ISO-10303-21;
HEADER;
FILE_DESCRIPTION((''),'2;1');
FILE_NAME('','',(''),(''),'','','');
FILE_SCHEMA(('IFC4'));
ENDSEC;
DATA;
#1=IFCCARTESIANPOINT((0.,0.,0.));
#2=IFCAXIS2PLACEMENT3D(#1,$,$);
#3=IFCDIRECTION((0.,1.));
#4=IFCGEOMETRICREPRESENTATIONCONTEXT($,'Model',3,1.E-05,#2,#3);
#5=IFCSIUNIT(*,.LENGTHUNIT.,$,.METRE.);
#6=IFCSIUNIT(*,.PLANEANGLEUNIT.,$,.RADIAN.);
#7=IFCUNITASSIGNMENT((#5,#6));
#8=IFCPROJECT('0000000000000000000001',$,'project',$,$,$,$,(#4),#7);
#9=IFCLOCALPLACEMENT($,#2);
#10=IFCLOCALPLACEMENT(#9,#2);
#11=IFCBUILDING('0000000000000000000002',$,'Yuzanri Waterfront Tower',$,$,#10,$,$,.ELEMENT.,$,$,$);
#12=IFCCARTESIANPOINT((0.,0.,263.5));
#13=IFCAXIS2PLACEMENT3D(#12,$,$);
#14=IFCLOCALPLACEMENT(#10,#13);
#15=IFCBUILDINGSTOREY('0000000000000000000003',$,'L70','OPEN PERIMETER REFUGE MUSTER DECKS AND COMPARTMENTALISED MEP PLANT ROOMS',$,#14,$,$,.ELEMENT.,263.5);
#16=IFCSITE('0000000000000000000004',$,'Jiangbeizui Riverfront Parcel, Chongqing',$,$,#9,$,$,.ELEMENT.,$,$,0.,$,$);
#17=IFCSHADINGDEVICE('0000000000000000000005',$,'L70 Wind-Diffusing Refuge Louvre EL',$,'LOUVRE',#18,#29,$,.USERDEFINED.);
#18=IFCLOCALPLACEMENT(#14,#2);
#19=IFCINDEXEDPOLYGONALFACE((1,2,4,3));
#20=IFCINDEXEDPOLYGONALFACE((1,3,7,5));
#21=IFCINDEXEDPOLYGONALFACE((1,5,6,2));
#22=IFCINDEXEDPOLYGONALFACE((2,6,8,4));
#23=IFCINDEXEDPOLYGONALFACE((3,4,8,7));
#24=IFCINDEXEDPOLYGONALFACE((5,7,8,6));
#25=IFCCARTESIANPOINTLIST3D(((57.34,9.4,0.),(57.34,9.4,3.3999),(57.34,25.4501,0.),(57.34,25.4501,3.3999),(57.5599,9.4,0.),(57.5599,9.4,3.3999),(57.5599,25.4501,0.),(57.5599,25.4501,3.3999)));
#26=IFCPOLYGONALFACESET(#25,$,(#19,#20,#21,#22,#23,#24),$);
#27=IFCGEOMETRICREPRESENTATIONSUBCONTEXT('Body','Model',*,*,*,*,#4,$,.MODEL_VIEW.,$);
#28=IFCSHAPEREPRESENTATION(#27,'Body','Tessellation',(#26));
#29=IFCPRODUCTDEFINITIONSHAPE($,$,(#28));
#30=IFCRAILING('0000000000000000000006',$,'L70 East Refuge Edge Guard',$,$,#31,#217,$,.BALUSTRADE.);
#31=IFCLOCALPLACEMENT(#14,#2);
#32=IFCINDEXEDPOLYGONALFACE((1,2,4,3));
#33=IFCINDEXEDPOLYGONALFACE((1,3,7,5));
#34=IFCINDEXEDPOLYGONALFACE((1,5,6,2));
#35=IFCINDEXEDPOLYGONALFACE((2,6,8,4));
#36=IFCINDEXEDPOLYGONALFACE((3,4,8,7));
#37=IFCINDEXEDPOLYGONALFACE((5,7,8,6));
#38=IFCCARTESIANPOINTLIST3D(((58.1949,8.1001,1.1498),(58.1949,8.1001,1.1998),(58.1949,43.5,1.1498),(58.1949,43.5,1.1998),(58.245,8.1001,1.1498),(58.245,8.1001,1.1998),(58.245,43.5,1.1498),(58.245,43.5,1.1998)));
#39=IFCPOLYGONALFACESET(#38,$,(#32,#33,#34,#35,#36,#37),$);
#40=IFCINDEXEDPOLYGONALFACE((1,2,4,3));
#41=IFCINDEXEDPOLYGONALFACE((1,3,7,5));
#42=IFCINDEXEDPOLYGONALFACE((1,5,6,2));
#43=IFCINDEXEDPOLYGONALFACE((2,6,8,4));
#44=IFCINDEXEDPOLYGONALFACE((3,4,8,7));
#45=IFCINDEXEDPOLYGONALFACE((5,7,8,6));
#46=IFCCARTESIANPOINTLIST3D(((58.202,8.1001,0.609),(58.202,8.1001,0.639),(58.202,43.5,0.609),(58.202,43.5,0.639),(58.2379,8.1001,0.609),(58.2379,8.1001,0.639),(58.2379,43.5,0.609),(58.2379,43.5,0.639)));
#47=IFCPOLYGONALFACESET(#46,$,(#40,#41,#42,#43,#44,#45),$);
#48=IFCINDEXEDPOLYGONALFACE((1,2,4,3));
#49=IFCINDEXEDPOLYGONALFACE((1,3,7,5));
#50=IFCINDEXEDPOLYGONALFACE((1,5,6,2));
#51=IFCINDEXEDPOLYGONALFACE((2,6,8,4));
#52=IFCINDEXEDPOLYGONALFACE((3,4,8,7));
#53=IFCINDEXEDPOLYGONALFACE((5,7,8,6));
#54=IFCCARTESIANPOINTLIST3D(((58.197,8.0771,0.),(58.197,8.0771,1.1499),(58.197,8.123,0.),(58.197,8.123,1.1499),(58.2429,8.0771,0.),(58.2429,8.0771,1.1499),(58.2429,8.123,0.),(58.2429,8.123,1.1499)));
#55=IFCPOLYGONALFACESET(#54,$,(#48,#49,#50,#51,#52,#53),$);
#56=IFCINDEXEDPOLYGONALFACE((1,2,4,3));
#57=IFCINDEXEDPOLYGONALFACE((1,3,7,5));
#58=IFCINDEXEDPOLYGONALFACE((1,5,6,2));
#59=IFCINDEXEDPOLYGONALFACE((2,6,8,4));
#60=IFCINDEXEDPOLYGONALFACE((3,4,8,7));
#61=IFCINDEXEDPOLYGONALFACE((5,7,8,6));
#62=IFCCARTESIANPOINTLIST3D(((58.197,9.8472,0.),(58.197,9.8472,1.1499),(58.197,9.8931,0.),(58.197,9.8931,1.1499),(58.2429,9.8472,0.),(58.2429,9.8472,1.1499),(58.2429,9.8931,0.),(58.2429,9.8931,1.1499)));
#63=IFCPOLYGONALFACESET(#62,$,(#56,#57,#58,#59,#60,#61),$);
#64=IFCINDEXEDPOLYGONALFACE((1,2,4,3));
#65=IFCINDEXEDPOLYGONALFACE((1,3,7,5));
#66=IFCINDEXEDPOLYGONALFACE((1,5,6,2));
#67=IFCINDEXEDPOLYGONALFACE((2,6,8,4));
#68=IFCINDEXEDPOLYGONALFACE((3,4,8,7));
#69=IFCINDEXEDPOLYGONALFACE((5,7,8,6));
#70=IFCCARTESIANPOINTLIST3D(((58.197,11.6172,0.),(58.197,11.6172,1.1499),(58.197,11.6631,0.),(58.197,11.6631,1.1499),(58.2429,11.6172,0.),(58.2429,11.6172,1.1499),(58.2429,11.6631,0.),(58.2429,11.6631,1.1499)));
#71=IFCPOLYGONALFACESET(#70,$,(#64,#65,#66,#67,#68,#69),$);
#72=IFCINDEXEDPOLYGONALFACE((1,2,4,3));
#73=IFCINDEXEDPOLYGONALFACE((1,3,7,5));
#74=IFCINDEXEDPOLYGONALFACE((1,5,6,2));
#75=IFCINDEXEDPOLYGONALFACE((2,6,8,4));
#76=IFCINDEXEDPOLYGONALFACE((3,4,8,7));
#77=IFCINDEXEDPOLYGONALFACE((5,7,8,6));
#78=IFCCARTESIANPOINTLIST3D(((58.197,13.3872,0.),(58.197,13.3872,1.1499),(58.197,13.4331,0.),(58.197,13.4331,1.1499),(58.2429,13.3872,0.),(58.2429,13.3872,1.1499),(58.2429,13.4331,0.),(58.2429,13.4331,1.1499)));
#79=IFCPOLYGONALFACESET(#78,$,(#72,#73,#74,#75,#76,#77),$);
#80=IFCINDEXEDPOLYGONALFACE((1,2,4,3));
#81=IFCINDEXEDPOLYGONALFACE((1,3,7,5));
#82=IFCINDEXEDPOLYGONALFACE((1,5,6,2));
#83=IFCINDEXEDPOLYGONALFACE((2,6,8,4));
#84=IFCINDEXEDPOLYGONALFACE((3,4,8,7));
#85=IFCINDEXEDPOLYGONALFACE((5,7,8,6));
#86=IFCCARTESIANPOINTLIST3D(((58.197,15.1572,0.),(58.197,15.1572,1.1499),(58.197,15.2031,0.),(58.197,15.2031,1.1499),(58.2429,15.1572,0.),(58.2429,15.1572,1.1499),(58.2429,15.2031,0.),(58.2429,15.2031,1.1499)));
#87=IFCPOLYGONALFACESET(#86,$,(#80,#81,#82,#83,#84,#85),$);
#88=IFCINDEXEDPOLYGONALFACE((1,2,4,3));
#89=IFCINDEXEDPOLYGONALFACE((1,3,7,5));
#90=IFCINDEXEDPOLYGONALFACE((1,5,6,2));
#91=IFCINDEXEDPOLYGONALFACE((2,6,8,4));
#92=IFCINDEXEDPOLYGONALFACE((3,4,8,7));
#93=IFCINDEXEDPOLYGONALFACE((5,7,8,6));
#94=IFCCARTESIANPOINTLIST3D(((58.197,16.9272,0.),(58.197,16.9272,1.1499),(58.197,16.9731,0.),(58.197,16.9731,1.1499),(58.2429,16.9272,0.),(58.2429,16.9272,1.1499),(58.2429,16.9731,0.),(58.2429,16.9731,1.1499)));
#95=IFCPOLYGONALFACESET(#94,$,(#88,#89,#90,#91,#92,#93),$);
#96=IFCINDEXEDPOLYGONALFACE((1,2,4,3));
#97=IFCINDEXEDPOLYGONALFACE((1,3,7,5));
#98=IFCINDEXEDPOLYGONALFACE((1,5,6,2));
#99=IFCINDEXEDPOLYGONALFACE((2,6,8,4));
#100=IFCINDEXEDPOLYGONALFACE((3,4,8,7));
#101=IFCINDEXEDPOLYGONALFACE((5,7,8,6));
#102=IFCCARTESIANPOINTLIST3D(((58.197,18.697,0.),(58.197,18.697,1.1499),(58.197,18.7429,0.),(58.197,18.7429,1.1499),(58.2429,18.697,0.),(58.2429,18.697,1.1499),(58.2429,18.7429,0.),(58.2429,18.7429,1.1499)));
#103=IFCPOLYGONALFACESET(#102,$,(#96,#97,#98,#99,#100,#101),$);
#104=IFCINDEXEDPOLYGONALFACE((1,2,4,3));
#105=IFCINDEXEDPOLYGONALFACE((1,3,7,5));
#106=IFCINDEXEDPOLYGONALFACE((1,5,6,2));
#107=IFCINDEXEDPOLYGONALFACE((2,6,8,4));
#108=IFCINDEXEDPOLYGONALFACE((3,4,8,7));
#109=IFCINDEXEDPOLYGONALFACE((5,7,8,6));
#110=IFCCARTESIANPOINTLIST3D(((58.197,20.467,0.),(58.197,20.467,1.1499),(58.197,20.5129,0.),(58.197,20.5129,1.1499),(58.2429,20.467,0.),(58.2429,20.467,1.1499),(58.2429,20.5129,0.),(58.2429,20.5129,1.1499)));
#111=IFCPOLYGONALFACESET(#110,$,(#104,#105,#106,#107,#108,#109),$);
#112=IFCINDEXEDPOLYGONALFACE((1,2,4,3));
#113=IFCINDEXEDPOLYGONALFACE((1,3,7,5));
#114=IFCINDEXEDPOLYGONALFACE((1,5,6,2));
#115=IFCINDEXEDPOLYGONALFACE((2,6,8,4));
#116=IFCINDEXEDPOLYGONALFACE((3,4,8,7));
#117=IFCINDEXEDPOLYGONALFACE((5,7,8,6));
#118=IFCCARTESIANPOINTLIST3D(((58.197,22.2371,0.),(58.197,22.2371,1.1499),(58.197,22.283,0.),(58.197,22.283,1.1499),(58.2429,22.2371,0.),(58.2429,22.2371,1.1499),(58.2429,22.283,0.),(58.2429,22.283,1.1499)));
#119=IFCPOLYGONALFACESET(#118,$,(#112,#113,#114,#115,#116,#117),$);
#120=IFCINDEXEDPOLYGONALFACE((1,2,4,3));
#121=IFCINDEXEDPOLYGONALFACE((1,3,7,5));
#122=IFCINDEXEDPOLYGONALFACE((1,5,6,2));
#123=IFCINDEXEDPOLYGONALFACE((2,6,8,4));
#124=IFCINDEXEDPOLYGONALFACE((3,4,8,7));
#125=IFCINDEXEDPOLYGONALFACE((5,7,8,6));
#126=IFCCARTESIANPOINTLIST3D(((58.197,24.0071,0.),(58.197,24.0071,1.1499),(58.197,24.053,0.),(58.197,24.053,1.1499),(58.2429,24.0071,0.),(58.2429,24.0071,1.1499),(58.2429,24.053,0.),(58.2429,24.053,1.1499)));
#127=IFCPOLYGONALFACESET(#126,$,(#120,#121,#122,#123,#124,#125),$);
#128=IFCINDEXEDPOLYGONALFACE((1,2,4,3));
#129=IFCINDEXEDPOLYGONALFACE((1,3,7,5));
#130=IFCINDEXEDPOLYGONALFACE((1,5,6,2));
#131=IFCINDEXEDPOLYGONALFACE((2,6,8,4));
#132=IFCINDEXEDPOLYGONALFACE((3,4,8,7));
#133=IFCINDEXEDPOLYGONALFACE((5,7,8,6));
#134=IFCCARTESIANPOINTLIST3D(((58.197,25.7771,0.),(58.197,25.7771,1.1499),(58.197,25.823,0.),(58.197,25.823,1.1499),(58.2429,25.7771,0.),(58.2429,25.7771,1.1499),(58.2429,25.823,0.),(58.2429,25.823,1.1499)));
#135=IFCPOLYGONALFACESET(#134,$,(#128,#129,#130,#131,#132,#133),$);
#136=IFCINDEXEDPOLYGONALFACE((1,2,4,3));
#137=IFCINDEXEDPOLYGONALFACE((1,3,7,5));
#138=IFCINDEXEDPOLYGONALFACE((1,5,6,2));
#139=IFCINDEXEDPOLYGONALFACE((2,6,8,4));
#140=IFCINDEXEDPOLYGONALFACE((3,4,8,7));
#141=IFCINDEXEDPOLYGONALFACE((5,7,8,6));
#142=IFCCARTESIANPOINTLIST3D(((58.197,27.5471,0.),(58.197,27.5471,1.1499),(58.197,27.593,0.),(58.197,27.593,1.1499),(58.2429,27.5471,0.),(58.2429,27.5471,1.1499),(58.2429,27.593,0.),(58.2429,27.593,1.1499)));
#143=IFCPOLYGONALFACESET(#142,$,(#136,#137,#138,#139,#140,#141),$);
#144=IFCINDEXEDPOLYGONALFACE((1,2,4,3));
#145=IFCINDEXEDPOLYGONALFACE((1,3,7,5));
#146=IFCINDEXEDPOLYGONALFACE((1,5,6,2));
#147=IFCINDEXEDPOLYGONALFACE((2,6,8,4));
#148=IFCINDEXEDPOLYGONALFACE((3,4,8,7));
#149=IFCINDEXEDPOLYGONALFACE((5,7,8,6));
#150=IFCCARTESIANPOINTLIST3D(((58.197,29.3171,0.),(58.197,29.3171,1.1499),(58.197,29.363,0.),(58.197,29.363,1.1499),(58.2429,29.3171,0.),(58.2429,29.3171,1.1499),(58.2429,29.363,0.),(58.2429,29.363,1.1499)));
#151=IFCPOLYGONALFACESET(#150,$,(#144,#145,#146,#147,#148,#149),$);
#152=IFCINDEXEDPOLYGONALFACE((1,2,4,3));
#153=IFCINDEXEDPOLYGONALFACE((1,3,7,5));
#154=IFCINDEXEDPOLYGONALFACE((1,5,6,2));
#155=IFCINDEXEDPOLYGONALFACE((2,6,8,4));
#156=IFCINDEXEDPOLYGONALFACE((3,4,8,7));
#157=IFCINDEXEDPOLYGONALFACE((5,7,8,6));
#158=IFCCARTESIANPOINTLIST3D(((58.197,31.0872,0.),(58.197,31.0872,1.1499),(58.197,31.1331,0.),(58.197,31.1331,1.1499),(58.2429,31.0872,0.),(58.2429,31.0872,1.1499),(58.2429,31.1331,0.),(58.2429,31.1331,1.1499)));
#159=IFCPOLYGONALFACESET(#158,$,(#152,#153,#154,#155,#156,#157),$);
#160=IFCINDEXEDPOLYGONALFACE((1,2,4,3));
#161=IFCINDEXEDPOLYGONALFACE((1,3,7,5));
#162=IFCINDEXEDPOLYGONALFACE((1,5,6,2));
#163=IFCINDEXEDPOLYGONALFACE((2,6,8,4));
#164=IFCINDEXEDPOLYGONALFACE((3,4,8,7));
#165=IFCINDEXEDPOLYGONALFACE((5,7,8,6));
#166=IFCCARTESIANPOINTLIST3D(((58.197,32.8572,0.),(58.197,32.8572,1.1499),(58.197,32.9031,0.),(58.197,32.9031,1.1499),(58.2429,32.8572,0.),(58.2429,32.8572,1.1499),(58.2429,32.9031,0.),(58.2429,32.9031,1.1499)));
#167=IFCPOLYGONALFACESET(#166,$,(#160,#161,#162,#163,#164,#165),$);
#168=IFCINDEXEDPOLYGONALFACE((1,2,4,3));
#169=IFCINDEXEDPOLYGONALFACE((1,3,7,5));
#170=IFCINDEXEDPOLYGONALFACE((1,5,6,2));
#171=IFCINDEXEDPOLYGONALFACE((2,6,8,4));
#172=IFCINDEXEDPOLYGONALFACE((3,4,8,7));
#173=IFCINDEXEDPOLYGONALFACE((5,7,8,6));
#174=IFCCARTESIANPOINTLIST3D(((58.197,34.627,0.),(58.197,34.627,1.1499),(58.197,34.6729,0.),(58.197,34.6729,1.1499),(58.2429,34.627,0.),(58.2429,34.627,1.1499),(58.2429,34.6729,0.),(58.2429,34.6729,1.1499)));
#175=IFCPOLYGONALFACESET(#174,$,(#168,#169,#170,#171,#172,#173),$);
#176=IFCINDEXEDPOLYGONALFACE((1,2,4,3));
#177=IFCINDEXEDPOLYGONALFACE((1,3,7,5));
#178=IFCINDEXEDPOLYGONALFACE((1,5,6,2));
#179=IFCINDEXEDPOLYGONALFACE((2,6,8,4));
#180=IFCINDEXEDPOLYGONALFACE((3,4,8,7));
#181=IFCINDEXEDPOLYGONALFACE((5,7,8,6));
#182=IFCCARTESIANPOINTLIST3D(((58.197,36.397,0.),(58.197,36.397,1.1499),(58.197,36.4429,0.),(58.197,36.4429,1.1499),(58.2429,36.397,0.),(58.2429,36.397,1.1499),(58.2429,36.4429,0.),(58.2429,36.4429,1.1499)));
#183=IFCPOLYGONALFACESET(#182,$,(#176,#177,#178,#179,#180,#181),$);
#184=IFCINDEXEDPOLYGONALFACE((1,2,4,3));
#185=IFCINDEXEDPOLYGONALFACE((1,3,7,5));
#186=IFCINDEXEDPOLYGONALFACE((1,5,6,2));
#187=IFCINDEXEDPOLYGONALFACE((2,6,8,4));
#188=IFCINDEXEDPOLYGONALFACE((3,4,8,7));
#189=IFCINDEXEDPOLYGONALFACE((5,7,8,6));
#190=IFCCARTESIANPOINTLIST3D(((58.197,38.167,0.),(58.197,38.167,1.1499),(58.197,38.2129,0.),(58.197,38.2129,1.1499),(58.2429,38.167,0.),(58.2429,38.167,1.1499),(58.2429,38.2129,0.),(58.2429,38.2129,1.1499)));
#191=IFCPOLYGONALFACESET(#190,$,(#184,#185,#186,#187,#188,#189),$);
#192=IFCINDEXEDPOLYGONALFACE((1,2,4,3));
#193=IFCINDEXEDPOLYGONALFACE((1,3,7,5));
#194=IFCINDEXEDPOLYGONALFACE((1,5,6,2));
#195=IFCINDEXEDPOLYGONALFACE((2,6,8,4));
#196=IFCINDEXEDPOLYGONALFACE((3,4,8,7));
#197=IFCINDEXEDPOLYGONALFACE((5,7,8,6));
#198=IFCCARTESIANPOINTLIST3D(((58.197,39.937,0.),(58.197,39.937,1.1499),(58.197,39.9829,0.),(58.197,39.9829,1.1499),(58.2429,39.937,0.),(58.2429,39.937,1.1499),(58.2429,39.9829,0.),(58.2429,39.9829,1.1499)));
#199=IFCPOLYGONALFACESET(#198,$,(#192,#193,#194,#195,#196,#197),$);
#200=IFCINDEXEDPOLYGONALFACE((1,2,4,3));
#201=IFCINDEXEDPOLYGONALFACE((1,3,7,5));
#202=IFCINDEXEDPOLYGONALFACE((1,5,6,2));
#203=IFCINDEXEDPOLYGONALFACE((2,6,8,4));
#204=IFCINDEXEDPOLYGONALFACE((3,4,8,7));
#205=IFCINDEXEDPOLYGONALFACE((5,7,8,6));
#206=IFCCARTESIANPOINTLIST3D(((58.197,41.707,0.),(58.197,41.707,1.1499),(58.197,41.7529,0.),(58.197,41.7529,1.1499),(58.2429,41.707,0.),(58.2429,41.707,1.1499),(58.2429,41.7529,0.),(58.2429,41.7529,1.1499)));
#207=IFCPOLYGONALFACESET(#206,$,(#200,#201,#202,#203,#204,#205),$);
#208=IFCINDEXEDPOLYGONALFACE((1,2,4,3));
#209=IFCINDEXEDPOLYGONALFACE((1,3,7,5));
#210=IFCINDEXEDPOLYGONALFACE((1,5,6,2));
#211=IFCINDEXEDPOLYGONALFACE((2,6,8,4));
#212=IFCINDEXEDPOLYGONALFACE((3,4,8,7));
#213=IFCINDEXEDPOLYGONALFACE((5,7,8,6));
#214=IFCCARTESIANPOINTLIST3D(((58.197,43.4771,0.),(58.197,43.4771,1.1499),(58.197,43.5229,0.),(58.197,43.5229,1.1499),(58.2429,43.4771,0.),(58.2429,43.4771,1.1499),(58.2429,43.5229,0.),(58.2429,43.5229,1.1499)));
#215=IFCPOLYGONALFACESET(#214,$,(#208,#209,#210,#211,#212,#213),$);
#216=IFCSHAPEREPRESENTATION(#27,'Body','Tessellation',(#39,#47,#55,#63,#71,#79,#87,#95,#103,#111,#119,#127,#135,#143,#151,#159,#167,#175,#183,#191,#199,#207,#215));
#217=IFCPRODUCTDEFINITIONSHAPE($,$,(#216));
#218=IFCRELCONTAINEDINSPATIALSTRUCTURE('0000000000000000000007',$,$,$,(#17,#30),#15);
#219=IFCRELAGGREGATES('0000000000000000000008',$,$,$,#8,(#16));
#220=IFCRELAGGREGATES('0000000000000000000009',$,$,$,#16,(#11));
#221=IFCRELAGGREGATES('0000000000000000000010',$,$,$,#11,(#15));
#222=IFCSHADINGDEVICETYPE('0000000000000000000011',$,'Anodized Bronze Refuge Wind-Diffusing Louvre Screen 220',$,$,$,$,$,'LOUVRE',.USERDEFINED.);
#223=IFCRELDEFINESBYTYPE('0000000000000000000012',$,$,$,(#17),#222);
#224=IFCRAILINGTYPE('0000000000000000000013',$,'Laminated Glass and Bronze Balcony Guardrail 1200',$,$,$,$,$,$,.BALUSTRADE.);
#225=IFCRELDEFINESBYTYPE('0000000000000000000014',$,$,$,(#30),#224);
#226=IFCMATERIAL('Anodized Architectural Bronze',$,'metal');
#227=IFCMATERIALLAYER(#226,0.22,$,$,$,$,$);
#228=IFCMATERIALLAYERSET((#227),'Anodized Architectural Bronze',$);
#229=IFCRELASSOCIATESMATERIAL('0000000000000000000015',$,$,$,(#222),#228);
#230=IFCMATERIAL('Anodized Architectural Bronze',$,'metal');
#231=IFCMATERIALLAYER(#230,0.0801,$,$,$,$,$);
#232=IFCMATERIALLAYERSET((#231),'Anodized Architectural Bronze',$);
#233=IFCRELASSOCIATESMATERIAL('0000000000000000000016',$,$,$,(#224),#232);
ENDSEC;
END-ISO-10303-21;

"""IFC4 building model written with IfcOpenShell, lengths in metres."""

from ifc_helpers import new_model, si_unit, direction, frame, origin, origin_2d, place, context, subcontext, project, spatial, rectangle, extrude, source, transform, mapped, material, layer, layer_set, type_object, element, save


model = new_model("IFC4")

# Units and contexts
model_context = context("Model", 3, precision=1e-05, world=origin(), true_north=direction((0.0, 1.0)))
body_context = subcontext(model_context, "Body", "Model", "MODEL_VIEW")
ifc_project = project(units=[si_unit("LENGTHUNIT", "METRE"), si_unit("PLANEANGLEUNIT", "RADIAN")], contexts=[model_context])

# Site, building, storey
site_placement = place(None, origin())
site = spatial("IfcSite", under=ifc_project, at=site_placement, Name="Jiangbeizui Riverfront Parcel, Chongqing", CompositionType="ELEMENT", RefElevation=0.0)
building_placement = place(site_placement, origin())
building = spatial("IfcBuilding", under=site, at=building_placement, Name="Yuzanri Waterfront Tower", CompositionType="ELEMENT")
storey_placement = place(building_placement, frame((0.0, 0.0, 263.5)))
storey = spatial("IfcBuildingStorey", under=building, at=storey_placement, Name="L70", Description="OPEN PERIMETER REFUGE MUSTER DECKS AND COMPARTMENTALISED MEP PLANT ROOMS", CompositionType="ELEMENT", Elevation=263.5)

# Shading device
ifc_material_1 = material(Name="Anodized Architectural Bronze", Category="metal")
ifc_layer_1 = layer(ifc_material_1, 0.22)
ifc_layer_set_1 = layer_set([ifc_layer_1], Name="Anodized Architectural Bronze")
shading_device_type = type_object("IfcShadingDeviceType", Name="Anodized Bronze Refuge Wind-Diffusing Louvre Screen 220", ElementType="LOUVRE", PredefinedType="USERDEFINED", material=ifc_layer_set_1)
shared_shape_1 = source(origin(), body_context, "Body", "SweptSolid", [
    extrude(rectangle(XDim=0.22, YDim=16.05, at=origin_2d()), origin(), (0.0, 0.0, 1.0), 3.3999),
])
shading_device_placement = place(storey_placement, frame((57.45, 17.425, 0.0), z_axis=(0.0, 0.0, 1.0), x_axis=(1.0, 0.0, 0.0)))
element("IfcShadingDevice", 1, at=shading_device_placement, inside=storey, type_object=shading_device_type, Name="L70 Wind-Diffusing Refuge Louvre EL", ObjectType="LOUVRE", PredefinedType="USERDEFINED", context=body_context, shape_type="MappedRepresentation", body=[
    mapped(shared_shape_1, transform((0.0, 0.0, 0.0), scale=1.0)),
])

# Railing
ifc_material_2 = material(Name="Anodized Architectural Bronze", Category="metal")
ifc_layer_2 = layer(ifc_material_2, 0.0801)
ifc_layer_set_2 = layer_set([ifc_layer_2], Name="Anodized Architectural Bronze")
railing_type_1 = type_object("IfcRailingType", Name="Laminated Glass and Bronze Balcony Guardrail 1200", PredefinedType="BALUSTRADE", material=ifc_layer_set_2)
shared_shape_2 = source(origin(), body_context, "Body", "SweptSolid", [
    extrude(rectangle(XDim=0.05, YDim=0.05, at=origin_2d()), frame((0.0, 0.0, 1.1748), z_axis=(0.0, 1.0, 0.0), x_axis=(-1.0, 0.0, 0.0)), (0.0, 0.0, 1.0), 35.3999),
    extrude(rectangle(XDim=0.0359, YDim=0.03, at=origin_2d()), frame((0.0, 0.0, 0.624), z_axis=(0.0, 1.0, 0.0), x_axis=(-1.0, 0.0, 0.0)), (0.0, 0.0, 1.0), 35.3999),
    extrude(rectangle(XDim=0.0459, YDim=0.0459, at=origin_2d()), origin(), (0.0, 0.0, 1.0), 1.1499),
    extrude(rectangle(XDim=0.0459, YDim=0.0459, at=origin_2d()), frame((0.0, 1.77, 0.0)), (0.0, 0.0, 1.0), 1.1499),
    extrude(rectangle(XDim=0.0459, YDim=0.0459, at=origin_2d()), frame((0.0, 3.54, 0.0)), (0.0, 0.0, 1.0), 1.1499),
    extrude(rectangle(XDim=0.0459, YDim=0.0459, at=origin_2d()), frame((0.0, 5.3101, 0.0)), (0.0, 0.0, 1.0), 1.1499),
    extrude(rectangle(XDim=0.0459, YDim=0.0459, at=origin_2d()), frame((0.0, 7.0801, 0.0)), (0.0, 0.0, 1.0), 1.1499),
    extrude(rectangle(XDim=0.0459, YDim=0.0459, at=origin_2d()), frame((0.0, 8.8501, 0.0)), (0.0, 0.0, 1.0), 1.1499),
    extrude(rectangle(XDim=0.0459, YDim=0.0459, at=origin_2d()), frame((0.0, 10.6199, 0.0)), (0.0, 0.0, 1.0), 1.1499),
    extrude(rectangle(XDim=0.0459, YDim=0.0459, at=origin_2d()), frame((0.0, 12.3899, 0.0)), (0.0, 0.0, 1.0), 1.1499),
    extrude(rectangle(XDim=0.0459, YDim=0.0459, at=origin_2d()), frame((0.0, 14.1599, 0.0)), (0.0, 0.0, 1.0), 1.1499),
    extrude(rectangle(XDim=0.0459, YDim=0.0459, at=origin_2d()), frame((0.0, 15.9299, 0.0)), (0.0, 0.0, 1.0), 1.1499),
    extrude(rectangle(XDim=0.0459, YDim=0.0459, at=origin_2d()), frame((0.0, 17.7, 0.0)), (0.0, 0.0, 1.0), 1.1499),
    extrude(rectangle(XDim=0.0459, YDim=0.0459, at=origin_2d()), frame((0.0, 19.47, 0.0)), (0.0, 0.0, 1.0), 1.1499),
    extrude(rectangle(XDim=0.0459, YDim=0.0459, at=origin_2d()), frame((0.0, 21.24, 0.0)), (0.0, 0.0, 1.0), 1.1499),
    extrude(rectangle(XDim=0.0459, YDim=0.0459, at=origin_2d()), frame((0.0, 23.01, 0.0)), (0.0, 0.0, 1.0), 1.1499),
    extrude(rectangle(XDim=0.0459, YDim=0.0459, at=origin_2d()), frame((0.0, 24.78, 0.0)), (0.0, 0.0, 1.0), 1.1499),
    extrude(rectangle(XDim=0.0459, YDim=0.0459, at=origin_2d()), frame((0.0, 26.5498, 0.0)), (0.0, 0.0, 1.0), 1.1499),
    extrude(rectangle(XDim=0.0459, YDim=0.0459, at=origin_2d()), frame((0.0, 28.3198, 0.0)), (0.0, 0.0, 1.0), 1.1499),
    extrude(rectangle(XDim=0.0459, YDim=0.0459, at=origin_2d()), frame((0.0, 30.0898, 0.0)), (0.0, 0.0, 1.0), 1.1499),
    extrude(rectangle(XDim=0.0459, YDim=0.0459, at=origin_2d()), frame((0.0, 31.8599, 0.0)), (0.0, 0.0, 1.0), 1.1499),
    extrude(rectangle(XDim=0.0459, YDim=0.0459, at=origin_2d()), frame((0.0, 33.6299, 0.0)), (0.0, 0.0, 1.0), 1.1499),
    extrude(rectangle(XDim=0.0459, YDim=0.0459, at=origin_2d()), frame((0.0, 35.3999, 0.0)), (0.0, 0.0, 1.0), 1.1499),
])
railing_1_placement = place(storey_placement, frame((58.22, 8.1001, 0.0)))
element("IfcRailing", 2, at=railing_1_placement, inside=storey, type_object=railing_type_1, Name="L70 East Refuge Edge Guard", PredefinedType="BALUSTRADE", context=body_context, shape_type="MappedRepresentation", body=[
    mapped(shared_shape_2, transform((0.0, 0.0, 0.0), scale=1.0)),
])

save(model, "model.ifc")
